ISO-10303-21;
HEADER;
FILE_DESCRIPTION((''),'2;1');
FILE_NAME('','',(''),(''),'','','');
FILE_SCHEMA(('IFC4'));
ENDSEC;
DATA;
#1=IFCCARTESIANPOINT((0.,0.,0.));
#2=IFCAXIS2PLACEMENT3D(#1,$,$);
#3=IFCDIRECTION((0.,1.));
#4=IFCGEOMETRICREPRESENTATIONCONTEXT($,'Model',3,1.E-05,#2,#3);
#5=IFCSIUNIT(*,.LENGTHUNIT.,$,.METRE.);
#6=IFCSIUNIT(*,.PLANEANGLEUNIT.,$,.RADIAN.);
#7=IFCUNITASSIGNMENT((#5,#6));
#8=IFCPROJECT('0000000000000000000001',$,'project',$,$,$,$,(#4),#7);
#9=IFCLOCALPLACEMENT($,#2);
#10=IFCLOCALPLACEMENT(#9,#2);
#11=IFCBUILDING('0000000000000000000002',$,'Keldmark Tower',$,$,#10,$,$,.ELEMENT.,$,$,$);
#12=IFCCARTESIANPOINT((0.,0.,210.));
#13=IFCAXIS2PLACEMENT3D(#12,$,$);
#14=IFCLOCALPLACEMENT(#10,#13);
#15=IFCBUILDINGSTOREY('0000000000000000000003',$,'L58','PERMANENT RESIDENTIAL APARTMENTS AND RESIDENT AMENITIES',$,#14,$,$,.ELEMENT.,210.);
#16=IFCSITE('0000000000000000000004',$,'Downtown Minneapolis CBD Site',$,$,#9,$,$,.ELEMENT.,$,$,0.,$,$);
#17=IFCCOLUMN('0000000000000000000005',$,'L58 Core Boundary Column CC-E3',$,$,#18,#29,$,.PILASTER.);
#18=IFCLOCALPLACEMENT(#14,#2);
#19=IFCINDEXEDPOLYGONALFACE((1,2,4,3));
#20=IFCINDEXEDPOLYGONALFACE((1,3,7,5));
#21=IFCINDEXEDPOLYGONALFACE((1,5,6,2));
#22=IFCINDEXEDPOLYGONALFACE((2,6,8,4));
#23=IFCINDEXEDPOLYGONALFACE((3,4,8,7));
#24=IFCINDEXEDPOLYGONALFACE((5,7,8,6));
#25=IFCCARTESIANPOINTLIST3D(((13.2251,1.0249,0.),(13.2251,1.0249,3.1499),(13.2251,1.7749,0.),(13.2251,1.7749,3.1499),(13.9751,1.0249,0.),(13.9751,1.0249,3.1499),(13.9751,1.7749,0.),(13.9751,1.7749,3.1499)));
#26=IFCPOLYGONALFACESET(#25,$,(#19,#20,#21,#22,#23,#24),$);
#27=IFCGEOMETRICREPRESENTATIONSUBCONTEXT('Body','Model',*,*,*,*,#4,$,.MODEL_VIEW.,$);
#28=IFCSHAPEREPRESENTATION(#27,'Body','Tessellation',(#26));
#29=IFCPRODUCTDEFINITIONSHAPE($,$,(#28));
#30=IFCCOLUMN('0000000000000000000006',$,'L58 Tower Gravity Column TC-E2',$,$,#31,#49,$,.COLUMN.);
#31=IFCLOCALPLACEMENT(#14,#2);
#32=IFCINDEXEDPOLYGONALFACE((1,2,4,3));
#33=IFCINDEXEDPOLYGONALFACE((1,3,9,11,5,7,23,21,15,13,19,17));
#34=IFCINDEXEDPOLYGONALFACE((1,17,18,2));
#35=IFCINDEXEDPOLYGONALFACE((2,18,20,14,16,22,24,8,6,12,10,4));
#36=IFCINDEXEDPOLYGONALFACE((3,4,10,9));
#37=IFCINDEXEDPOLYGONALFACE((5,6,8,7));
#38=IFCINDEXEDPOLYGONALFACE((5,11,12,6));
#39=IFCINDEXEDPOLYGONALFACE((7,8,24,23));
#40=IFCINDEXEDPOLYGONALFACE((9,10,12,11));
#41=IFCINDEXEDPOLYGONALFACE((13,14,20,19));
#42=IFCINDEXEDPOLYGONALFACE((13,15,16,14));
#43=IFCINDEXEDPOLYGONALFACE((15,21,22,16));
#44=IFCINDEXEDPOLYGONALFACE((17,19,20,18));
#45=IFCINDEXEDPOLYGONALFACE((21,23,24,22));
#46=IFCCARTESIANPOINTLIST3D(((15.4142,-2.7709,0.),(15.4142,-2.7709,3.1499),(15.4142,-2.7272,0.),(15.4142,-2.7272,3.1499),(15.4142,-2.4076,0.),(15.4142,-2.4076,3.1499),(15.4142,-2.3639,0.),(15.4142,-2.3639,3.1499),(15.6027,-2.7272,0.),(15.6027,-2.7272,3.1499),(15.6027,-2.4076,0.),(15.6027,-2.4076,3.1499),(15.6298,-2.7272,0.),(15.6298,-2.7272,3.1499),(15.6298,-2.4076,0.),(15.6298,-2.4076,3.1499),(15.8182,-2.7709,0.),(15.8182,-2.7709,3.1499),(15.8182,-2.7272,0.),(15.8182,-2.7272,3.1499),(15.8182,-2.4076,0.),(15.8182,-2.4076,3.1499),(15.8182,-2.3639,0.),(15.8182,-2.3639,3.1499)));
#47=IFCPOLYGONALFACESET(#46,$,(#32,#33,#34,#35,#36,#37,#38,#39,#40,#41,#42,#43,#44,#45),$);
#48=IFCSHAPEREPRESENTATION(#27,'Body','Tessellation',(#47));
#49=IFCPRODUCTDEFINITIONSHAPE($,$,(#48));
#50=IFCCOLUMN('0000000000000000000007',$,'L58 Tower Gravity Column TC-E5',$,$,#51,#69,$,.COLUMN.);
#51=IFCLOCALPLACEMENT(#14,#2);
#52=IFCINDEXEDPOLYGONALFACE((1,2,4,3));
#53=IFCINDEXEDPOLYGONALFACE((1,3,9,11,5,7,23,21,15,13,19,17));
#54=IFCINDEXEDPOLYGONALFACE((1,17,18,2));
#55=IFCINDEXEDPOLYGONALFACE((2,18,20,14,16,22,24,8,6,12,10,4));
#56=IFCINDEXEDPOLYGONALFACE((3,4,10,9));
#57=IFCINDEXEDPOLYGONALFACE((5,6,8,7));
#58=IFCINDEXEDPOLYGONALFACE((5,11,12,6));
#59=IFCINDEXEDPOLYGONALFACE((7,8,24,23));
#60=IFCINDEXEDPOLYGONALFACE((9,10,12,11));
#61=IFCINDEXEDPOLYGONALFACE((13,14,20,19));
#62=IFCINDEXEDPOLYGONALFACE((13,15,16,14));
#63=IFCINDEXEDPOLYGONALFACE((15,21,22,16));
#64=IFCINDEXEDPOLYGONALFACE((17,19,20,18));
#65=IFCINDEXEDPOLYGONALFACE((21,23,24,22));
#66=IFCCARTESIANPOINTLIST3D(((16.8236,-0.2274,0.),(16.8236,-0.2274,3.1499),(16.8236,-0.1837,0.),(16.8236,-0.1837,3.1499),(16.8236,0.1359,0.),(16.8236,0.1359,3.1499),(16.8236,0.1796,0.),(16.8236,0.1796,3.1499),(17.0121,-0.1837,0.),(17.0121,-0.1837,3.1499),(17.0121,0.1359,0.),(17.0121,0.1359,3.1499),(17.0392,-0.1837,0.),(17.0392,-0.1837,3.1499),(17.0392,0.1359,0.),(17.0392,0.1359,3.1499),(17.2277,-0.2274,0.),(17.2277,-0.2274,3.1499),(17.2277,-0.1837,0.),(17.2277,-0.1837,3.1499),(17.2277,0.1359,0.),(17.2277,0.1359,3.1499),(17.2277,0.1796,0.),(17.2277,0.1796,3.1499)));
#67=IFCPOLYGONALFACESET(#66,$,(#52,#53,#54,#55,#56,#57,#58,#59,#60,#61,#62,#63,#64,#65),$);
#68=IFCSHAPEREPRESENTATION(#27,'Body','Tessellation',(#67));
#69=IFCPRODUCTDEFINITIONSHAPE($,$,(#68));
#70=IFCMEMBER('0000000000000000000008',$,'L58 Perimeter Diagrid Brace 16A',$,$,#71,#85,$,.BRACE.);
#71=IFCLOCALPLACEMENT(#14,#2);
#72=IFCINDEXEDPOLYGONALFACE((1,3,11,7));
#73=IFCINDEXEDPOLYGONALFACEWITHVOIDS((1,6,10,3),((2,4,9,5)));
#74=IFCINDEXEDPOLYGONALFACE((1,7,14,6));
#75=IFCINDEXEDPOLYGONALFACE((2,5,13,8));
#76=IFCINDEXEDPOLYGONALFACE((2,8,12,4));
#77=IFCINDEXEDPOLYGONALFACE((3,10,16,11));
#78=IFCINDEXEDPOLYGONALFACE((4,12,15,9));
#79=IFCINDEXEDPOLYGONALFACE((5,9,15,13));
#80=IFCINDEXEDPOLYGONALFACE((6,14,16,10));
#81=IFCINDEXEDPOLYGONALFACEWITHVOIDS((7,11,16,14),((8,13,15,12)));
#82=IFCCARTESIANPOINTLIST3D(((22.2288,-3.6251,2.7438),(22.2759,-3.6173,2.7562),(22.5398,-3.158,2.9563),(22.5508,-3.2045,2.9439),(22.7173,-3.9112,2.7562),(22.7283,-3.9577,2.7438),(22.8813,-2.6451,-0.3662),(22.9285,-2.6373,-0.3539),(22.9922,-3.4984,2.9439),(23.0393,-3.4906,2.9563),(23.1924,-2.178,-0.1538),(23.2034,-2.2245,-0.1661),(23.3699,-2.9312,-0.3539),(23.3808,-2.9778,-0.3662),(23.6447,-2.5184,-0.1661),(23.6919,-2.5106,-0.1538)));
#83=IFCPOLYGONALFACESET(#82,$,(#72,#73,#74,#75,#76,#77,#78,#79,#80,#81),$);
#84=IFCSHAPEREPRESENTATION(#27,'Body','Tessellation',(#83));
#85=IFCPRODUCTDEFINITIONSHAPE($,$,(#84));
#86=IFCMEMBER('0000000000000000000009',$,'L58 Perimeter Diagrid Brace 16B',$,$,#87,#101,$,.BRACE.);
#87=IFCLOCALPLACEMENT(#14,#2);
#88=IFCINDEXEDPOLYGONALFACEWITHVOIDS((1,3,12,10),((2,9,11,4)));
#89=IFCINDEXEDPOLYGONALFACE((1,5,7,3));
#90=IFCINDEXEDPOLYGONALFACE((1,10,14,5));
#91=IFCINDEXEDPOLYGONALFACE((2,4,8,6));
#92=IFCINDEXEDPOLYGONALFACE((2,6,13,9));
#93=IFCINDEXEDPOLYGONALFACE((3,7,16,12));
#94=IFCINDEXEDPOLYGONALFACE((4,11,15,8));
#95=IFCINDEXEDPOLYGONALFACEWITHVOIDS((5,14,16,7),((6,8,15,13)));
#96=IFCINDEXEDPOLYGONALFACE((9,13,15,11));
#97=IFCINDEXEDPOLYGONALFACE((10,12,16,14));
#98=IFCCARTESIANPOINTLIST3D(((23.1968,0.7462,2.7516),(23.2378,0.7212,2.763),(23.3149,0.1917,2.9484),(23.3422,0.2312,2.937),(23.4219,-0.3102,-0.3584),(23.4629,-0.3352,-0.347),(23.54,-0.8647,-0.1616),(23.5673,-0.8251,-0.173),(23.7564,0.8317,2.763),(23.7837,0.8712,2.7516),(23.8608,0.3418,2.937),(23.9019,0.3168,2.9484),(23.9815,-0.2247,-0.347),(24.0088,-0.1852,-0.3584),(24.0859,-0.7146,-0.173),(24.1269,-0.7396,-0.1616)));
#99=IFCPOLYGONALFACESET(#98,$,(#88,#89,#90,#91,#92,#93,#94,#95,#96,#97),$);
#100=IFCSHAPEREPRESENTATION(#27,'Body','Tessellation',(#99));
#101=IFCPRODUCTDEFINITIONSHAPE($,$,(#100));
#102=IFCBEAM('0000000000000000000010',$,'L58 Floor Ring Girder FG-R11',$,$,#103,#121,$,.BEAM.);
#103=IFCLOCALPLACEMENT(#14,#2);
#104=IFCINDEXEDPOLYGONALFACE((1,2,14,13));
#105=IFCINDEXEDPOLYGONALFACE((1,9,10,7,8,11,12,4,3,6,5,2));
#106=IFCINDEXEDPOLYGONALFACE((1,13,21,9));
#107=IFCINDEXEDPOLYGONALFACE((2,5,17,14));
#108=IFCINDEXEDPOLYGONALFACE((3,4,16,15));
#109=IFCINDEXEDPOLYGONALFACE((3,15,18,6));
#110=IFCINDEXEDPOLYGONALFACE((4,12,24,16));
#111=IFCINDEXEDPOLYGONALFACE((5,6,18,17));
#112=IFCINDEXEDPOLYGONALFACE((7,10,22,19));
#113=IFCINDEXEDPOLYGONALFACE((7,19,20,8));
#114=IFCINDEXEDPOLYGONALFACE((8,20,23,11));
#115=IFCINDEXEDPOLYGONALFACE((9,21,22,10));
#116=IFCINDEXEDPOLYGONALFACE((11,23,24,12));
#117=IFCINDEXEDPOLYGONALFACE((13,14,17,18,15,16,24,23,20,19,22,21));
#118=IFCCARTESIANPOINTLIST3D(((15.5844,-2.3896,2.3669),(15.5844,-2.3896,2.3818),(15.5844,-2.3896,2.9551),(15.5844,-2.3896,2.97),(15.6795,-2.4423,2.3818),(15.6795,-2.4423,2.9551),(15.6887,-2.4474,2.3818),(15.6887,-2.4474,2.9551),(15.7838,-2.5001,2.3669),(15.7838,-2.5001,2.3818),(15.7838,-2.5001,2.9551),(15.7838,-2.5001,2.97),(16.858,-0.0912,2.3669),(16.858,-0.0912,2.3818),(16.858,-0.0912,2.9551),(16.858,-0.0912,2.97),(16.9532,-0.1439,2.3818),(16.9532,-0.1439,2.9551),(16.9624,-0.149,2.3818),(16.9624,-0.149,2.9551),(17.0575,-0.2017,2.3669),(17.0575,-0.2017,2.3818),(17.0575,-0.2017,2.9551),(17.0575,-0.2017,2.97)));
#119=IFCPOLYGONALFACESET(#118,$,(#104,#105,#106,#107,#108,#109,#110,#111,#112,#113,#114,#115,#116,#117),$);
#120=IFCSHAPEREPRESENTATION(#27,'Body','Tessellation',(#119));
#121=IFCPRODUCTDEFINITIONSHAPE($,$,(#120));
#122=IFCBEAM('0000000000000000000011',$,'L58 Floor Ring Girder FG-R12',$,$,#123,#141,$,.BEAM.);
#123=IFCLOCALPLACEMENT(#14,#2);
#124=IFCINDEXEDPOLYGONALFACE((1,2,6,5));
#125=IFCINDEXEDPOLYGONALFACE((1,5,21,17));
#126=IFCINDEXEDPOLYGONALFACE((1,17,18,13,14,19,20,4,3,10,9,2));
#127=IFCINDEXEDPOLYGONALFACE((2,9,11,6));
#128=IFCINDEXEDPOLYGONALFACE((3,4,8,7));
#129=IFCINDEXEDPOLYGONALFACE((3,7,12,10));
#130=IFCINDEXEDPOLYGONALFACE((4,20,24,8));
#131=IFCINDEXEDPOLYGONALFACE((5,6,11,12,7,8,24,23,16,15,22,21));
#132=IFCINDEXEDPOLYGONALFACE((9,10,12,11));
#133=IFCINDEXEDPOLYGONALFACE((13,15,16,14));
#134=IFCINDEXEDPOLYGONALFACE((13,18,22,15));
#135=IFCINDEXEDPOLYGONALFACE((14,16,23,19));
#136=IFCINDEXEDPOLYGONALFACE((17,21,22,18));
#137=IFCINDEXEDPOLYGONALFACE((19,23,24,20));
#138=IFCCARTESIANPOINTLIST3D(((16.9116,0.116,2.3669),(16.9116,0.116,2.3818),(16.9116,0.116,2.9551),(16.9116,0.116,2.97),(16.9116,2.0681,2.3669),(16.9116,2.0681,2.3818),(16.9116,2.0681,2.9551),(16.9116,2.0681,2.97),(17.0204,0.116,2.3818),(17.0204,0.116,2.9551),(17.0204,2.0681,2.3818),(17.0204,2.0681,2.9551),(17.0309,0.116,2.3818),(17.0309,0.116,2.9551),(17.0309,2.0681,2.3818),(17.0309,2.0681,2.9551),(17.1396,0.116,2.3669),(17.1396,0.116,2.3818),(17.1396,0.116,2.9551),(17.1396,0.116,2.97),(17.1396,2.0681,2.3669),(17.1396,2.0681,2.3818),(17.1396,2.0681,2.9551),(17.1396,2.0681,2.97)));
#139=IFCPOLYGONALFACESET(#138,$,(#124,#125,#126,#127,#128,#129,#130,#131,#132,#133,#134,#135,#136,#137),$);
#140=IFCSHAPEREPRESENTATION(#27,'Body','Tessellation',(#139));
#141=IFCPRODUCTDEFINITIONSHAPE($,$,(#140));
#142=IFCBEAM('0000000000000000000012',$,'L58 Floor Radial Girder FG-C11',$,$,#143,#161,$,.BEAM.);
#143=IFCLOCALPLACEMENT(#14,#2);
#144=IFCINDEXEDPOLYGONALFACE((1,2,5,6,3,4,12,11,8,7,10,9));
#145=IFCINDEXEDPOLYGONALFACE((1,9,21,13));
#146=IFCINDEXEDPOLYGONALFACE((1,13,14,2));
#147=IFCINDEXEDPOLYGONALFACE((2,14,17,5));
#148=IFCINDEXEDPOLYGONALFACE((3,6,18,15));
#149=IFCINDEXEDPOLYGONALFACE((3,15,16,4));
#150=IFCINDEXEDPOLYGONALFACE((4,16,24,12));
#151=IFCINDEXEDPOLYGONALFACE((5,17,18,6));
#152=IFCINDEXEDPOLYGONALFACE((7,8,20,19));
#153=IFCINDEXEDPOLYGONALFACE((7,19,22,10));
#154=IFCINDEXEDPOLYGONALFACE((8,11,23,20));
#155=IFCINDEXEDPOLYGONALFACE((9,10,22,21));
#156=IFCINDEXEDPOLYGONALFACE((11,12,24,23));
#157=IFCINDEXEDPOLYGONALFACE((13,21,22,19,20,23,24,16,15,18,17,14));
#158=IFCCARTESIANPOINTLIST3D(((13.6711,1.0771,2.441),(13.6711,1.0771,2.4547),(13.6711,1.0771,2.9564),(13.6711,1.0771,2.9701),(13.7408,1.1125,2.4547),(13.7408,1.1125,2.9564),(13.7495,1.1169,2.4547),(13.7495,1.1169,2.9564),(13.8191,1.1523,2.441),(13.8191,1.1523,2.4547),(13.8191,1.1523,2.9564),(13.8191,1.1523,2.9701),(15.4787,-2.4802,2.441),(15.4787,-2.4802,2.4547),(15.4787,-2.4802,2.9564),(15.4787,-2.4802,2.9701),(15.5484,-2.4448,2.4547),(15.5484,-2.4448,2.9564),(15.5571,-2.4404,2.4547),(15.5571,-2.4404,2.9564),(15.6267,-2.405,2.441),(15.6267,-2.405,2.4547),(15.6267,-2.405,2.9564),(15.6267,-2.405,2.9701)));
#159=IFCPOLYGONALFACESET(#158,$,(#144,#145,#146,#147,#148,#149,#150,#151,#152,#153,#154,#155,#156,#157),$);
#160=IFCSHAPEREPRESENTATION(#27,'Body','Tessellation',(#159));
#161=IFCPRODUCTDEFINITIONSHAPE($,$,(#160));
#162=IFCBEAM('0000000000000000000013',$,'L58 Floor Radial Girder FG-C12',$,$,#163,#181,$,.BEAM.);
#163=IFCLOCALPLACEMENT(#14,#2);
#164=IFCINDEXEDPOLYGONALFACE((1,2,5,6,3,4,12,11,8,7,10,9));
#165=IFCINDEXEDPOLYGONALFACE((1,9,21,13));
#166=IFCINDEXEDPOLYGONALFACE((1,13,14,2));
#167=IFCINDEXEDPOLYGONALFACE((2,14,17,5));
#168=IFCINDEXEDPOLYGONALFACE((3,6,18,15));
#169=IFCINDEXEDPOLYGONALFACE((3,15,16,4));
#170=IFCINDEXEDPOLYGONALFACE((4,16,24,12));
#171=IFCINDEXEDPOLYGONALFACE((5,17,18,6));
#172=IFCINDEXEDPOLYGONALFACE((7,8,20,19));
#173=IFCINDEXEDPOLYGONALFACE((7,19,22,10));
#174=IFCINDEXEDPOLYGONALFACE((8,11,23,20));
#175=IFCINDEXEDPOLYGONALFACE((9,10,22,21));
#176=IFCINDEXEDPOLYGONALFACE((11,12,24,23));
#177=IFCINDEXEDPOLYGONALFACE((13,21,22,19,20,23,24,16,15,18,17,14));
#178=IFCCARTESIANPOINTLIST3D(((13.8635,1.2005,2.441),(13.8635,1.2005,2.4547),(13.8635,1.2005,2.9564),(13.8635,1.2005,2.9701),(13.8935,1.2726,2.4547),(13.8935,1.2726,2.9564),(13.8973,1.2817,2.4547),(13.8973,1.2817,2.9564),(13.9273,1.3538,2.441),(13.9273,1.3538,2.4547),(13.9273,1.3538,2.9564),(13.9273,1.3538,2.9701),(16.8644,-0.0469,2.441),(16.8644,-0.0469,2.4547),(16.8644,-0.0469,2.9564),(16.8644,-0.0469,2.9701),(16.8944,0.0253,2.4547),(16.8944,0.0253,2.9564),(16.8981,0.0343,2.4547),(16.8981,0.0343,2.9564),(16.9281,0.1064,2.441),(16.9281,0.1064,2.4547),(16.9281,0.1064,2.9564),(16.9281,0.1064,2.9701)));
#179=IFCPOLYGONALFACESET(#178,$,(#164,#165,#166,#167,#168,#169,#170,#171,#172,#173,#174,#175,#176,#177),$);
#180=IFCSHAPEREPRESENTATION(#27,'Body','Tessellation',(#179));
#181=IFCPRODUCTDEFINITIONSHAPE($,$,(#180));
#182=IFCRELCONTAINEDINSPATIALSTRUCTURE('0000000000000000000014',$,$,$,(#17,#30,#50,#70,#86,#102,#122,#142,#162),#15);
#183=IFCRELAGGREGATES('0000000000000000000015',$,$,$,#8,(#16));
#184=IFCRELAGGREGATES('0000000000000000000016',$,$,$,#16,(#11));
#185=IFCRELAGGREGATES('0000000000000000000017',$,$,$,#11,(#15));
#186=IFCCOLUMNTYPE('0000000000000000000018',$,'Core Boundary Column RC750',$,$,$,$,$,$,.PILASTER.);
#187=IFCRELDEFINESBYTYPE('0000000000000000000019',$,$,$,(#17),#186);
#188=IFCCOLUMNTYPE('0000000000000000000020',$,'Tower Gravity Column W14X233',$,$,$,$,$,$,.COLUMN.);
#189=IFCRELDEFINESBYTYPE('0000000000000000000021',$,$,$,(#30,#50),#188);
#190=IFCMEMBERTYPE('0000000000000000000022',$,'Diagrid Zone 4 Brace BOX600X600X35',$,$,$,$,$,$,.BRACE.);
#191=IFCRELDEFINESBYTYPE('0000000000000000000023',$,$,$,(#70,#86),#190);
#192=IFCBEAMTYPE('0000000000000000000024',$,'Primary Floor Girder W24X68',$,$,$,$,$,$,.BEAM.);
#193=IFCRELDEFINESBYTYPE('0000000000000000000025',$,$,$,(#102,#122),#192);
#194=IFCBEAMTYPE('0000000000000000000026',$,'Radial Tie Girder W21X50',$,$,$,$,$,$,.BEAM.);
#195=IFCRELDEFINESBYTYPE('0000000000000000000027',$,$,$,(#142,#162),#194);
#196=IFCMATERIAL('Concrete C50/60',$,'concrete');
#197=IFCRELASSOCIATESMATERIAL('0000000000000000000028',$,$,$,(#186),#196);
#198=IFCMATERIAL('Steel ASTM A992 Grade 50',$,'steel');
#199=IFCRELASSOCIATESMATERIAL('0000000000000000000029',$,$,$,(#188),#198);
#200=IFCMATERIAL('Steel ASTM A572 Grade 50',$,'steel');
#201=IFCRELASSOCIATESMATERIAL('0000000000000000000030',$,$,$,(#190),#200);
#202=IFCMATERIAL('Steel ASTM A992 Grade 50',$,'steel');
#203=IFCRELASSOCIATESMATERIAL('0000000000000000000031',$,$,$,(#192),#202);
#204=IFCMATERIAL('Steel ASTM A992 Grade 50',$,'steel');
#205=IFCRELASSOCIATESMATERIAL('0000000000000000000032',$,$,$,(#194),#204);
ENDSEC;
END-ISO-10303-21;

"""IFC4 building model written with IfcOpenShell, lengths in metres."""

from ifc_helpers import new_model, si_unit, direction, frame, origin, origin_2d, place, context, subcontext, project, spatial, rectangle, hollow_rectangle, i_section, extrude, material, material_profile, profile_set, type_object, element, save


model = new_model("IFC4")

# Units and contexts
model_context = context("Model", 3, precision=1e-05, world=origin(), true_north=direction((0.0, 1.0)))
body_context = subcontext(model_context, "Body", "Model", "MODEL_VIEW")
ifc_project = project(units=[si_unit("LENGTHUNIT", "METRE"), si_unit("PLANEANGLEUNIT", "RADIAN")], contexts=[model_context])

# Site, building, storey
site_placement = place(None, origin())
site = spatial("IfcSite", under=ifc_project, at=site_placement, Name="Downtown Minneapolis CBD Site", CompositionType="ELEMENT", RefElevation=0.0)
building_placement = place(site_placement, origin())
building = spatial("IfcBuilding", under=site, at=building_placement, Name="Keldmark Tower", CompositionType="ELEMENT")
storey_placement = place(building_placement, frame((0.0, 0.0, 210.0)))
storey = spatial("IfcBuildingStorey", under=building, at=storey_placement, Name="L58", Description="PERMANENT RESIDENTIAL APARTMENTS AND RESIDENT AMENITIES", CompositionType="ELEMENT", Elevation=210.0)

# Columns
ifc_material_1 = material(Name="Concrete C50/60", Category="concrete")
ifc_material_profile_1 = material_profile(ifc_material_1, rectangle(XDim=0.75, YDim=0.75, at=origin_2d()), Name="RC750X750")
ifc_profile_set_1 = profile_set([ifc_material_profile_1], Name="Concrete C50/60")
column_type_1 = type_object("IfcColumnType", Name="Core Boundary Column RC750", PredefinedType="PILASTER", material=ifc_profile_set_1)
column_placement = place(storey_placement, frame((13.6001, 1.3999, 0.0), z_axis=(0.0, 0.0, 1.0), x_axis=(1.0, 0.0, 0.0)))
element("IfcColumn", 1, at=column_placement, inside=storey, type_object=column_type_1, Name="L58 Core Boundary Column CC-E3", PredefinedType="PILASTER", context=body_context, shape_type="SweptSolid", body=[
    extrude(rectangle(XDim=0.75, YDim=0.75, at=origin_2d()), origin(), (0.0, 0.0, 1.0), 3.1499),
])
ifc_material_2 = material(Name="Steel ASTM A992 Grade 50", Category="steel")
ifc_material_profile_2 = material_profile(ifc_material_2, i_section(OverallWidth=0.4041, OverallDepth=0.407, WebThickness=0.0271, FlangeThickness=0.0437, at=origin_2d()), Name="W14X233")
ifc_profile_set_2 = profile_set([ifc_material_profile_2], Name="Steel ASTM A992 Grade 50")
column_type_2 = type_object("IfcColumnType", Name="Tower Gravity Column W14X233", PredefinedType="COLUMN", material=ifc_profile_set_2)
for number, where, z_axis, x_axis, name in (
    (2, (15.6162, -2.5674, 0.0), (0.0, 0.0, 1.0), (1.0, 0.0, 0.0), "L58 Tower Gravity Column TC-E2"),
    (3, (17.0256, -0.0239, 0.0), (0.0, 0.0, 1.0), (1.0, 0.0, 0.0), "L58 Tower Gravity Column TC-E5"),
):
    element("IfcColumn", number, at=place(storey_placement, frame(where, z_axis=z_axis, x_axis=x_axis)), inside=storey, type_object=column_type_2, Name=name, PredefinedType="COLUMN", context=body_context, shape_type="SweptSolid", body=[
        extrude(i_section(OverallWidth=0.4041, OverallDepth=0.407, WebThickness=0.0271, FlangeThickness=0.0437, at=origin_2d()), origin(), (0.0, 0.0, 1.0), 3.1499),
    ])

# Members
ifc_material_3 = material(Name="Steel ASTM A572 Grade 50", Category="steel")
ifc_material_profile_3 = material_profile(ifc_material_3, hollow_rectangle(XDim=0.6001, YDim=0.6001, WallThickness=0.0349, at=origin_2d()), Name="BOX600X600X35")
ifc_profile_set_3 = profile_set([ifc_material_profile_3], Name="Steel ASTM A572 Grade 50")
member_type = type_object("IfcMemberType", Name="Diagrid Zone 4 Brace BOX600X600X35", PredefinedType="BRACE", material=ifc_profile_set_3)
member_1_placement = place(storey_placement, frame((23.2866, -2.5779, -0.26), z_axis=(-0.196237, -0.294686, 0.935228), x_axis=(0.832337, -0.554269, 0.0)))
element("IfcMember", 4, at=member_1_placement, inside=storey, type_object=member_type, Name="L58 Perimeter Diagrid Brace 16A", PredefinedType="BRACE", context=body_context, shape_type="SweptSolid", body=[
    extrude(hollow_rectangle(XDim=0.6001, YDim=0.6001, WallThickness=0.0349, at=origin_2d()), origin(), (0.0, 0.0, 1.0), 3.3254),
])
member_2_placement = place(storey_placement, frame((23.7744, -0.5249, -0.26), z_axis=(-0.06837, 0.320866, 0.944654), x_axis=(-0.978043, -0.208402, 0.0)))
element("IfcMember", 5, at=member_2_placement, inside=storey, type_object=member_type, Name="L58 Perimeter Diagrid Brace 16B", PredefinedType="BRACE", context=body_context, shape_type="SweptSolid", body=[
    extrude(hollow_rectangle(XDim=0.6001, YDim=0.6001, WallThickness=0.0349, at=origin_2d()), origin(), (0.0, 0.0, 1.0), 3.2922),
])

# Beams
ifc_material_4 = material(Name="Steel ASTM A992 Grade 50", Category="steel")
ifc_material_profile_4 = material_profile(ifc_material_4, i_section(OverallWidth=0.228, OverallDepth=0.603, WebThickness=0.0105, FlangeThickness=0.0149, at=origin_2d()), Name="W24X68")
ifc_profile_set_4 = profile_set([ifc_material_profile_4], Name="Steel ASTM A992 Grade 50")
beam_type_1 = type_object("IfcBeamType", Name="Primary Floor Girder W24X68", PredefinedType="BEAM", material=ifc_profile_set_4)
beam_1_placement = place(storey_placement, frame((15.6841, -2.4448, 2.6685), z_axis=(0.48472, 0.87467, 0.0), x_axis=(-0.87467, 0.48472, 0.0)))
element("IfcBeam", 6, at=beam_1_placement, inside=storey, type_object=beam_type_1, Name="L58 Floor Ring Girder FG-R11", PredefinedType="BEAM", context=body_context, shape_type="SweptSolid", body=[
    extrude(i_section(OverallWidth=0.228, OverallDepth=0.603, WebThickness=0.0105, FlangeThickness=0.0149, at=origin_2d()), origin(), (0.0, 0.0, 1.0), 2.6277),
])
beam_2_placement = place(storey_placement, frame((17.0256, 0.116, 2.6685), z_axis=(0.0, 1.0, 0.0), x_axis=(-1.0, 0.0, 0.0)))
element("IfcBeam", 7, at=beam_2_placement, inside=storey, type_object=beam_type_1, Name="L58 Floor Ring Girder FG-R12", PredefinedType="BEAM", context=body_context, shape_type="SweptSolid", body=[
    extrude(i_section(OverallWidth=0.228, OverallDepth=0.603, WebThickness=0.0105, FlangeThickness=0.0149, at=origin_2d()), origin(), (0.0, 0.0, 1.0), 1.9521),
])
ifc_material_5 = material(Name="Steel ASTM A992 Grade 50", Category="steel")
ifc_material_profile_5 = material_profile(ifc_material_5, i_section(OverallWidth=0.166, OverallDepth=0.5291, WebThickness=0.0098, FlangeThickness=0.0137, at=origin_2d()), Name="W21X50")
ifc_profile_set_5 = profile_set([ifc_material_profile_5], Name="Steel ASTM A992 Grade 50")
beam_type_2 = type_object("IfcBeamType", Name="Radial Tie Girder W21X50", PredefinedType="BEAM", material=ifc_profile_set_5)
beam_3_placement = place(storey_placement, frame((15.5527, -2.4426, 2.7056), z_axis=(-0.453004, 0.891508, 0.0), x_axis=(-0.891508, -0.453004, 0.0)))
element("IfcBeam", 8, at=beam_3_placement, inside=storey, type_object=beam_type_2, Name="L58 Floor Radial Girder FG-C11", PredefinedType="BEAM", context=body_context, shape_type="SweptSolid", body=[
    extrude(i_section(OverallWidth=0.166, OverallDepth=0.5291, WebThickness=0.0098, FlangeThickness=0.0137, at=origin_2d()), origin(), (0.0, 0.0, 1.0), 3.9902),
])
beam_4_placement = place(storey_placement, frame((16.8962, 0.0298, 2.7056), z_axis=(-0.923403, 0.383831, 0.0), x_axis=(-0.383831, -0.923403, 0.0)))
element("IfcBeam", 9, at=beam_4_placement, inside=storey, type_object=beam_type_2, Name="L58 Floor Radial Girder FG-C12", PredefinedType="BEAM", context=body_context, shape_type="SweptSolid", body=[
    extrude(i_section(OverallWidth=0.166, OverallDepth=0.5291, WebThickness=0.0098, FlangeThickness=0.0137, at=origin_2d()), origin(), (0.0, 0.0, 1.0), 3.2498),
])

save(model, "model.ifc")
